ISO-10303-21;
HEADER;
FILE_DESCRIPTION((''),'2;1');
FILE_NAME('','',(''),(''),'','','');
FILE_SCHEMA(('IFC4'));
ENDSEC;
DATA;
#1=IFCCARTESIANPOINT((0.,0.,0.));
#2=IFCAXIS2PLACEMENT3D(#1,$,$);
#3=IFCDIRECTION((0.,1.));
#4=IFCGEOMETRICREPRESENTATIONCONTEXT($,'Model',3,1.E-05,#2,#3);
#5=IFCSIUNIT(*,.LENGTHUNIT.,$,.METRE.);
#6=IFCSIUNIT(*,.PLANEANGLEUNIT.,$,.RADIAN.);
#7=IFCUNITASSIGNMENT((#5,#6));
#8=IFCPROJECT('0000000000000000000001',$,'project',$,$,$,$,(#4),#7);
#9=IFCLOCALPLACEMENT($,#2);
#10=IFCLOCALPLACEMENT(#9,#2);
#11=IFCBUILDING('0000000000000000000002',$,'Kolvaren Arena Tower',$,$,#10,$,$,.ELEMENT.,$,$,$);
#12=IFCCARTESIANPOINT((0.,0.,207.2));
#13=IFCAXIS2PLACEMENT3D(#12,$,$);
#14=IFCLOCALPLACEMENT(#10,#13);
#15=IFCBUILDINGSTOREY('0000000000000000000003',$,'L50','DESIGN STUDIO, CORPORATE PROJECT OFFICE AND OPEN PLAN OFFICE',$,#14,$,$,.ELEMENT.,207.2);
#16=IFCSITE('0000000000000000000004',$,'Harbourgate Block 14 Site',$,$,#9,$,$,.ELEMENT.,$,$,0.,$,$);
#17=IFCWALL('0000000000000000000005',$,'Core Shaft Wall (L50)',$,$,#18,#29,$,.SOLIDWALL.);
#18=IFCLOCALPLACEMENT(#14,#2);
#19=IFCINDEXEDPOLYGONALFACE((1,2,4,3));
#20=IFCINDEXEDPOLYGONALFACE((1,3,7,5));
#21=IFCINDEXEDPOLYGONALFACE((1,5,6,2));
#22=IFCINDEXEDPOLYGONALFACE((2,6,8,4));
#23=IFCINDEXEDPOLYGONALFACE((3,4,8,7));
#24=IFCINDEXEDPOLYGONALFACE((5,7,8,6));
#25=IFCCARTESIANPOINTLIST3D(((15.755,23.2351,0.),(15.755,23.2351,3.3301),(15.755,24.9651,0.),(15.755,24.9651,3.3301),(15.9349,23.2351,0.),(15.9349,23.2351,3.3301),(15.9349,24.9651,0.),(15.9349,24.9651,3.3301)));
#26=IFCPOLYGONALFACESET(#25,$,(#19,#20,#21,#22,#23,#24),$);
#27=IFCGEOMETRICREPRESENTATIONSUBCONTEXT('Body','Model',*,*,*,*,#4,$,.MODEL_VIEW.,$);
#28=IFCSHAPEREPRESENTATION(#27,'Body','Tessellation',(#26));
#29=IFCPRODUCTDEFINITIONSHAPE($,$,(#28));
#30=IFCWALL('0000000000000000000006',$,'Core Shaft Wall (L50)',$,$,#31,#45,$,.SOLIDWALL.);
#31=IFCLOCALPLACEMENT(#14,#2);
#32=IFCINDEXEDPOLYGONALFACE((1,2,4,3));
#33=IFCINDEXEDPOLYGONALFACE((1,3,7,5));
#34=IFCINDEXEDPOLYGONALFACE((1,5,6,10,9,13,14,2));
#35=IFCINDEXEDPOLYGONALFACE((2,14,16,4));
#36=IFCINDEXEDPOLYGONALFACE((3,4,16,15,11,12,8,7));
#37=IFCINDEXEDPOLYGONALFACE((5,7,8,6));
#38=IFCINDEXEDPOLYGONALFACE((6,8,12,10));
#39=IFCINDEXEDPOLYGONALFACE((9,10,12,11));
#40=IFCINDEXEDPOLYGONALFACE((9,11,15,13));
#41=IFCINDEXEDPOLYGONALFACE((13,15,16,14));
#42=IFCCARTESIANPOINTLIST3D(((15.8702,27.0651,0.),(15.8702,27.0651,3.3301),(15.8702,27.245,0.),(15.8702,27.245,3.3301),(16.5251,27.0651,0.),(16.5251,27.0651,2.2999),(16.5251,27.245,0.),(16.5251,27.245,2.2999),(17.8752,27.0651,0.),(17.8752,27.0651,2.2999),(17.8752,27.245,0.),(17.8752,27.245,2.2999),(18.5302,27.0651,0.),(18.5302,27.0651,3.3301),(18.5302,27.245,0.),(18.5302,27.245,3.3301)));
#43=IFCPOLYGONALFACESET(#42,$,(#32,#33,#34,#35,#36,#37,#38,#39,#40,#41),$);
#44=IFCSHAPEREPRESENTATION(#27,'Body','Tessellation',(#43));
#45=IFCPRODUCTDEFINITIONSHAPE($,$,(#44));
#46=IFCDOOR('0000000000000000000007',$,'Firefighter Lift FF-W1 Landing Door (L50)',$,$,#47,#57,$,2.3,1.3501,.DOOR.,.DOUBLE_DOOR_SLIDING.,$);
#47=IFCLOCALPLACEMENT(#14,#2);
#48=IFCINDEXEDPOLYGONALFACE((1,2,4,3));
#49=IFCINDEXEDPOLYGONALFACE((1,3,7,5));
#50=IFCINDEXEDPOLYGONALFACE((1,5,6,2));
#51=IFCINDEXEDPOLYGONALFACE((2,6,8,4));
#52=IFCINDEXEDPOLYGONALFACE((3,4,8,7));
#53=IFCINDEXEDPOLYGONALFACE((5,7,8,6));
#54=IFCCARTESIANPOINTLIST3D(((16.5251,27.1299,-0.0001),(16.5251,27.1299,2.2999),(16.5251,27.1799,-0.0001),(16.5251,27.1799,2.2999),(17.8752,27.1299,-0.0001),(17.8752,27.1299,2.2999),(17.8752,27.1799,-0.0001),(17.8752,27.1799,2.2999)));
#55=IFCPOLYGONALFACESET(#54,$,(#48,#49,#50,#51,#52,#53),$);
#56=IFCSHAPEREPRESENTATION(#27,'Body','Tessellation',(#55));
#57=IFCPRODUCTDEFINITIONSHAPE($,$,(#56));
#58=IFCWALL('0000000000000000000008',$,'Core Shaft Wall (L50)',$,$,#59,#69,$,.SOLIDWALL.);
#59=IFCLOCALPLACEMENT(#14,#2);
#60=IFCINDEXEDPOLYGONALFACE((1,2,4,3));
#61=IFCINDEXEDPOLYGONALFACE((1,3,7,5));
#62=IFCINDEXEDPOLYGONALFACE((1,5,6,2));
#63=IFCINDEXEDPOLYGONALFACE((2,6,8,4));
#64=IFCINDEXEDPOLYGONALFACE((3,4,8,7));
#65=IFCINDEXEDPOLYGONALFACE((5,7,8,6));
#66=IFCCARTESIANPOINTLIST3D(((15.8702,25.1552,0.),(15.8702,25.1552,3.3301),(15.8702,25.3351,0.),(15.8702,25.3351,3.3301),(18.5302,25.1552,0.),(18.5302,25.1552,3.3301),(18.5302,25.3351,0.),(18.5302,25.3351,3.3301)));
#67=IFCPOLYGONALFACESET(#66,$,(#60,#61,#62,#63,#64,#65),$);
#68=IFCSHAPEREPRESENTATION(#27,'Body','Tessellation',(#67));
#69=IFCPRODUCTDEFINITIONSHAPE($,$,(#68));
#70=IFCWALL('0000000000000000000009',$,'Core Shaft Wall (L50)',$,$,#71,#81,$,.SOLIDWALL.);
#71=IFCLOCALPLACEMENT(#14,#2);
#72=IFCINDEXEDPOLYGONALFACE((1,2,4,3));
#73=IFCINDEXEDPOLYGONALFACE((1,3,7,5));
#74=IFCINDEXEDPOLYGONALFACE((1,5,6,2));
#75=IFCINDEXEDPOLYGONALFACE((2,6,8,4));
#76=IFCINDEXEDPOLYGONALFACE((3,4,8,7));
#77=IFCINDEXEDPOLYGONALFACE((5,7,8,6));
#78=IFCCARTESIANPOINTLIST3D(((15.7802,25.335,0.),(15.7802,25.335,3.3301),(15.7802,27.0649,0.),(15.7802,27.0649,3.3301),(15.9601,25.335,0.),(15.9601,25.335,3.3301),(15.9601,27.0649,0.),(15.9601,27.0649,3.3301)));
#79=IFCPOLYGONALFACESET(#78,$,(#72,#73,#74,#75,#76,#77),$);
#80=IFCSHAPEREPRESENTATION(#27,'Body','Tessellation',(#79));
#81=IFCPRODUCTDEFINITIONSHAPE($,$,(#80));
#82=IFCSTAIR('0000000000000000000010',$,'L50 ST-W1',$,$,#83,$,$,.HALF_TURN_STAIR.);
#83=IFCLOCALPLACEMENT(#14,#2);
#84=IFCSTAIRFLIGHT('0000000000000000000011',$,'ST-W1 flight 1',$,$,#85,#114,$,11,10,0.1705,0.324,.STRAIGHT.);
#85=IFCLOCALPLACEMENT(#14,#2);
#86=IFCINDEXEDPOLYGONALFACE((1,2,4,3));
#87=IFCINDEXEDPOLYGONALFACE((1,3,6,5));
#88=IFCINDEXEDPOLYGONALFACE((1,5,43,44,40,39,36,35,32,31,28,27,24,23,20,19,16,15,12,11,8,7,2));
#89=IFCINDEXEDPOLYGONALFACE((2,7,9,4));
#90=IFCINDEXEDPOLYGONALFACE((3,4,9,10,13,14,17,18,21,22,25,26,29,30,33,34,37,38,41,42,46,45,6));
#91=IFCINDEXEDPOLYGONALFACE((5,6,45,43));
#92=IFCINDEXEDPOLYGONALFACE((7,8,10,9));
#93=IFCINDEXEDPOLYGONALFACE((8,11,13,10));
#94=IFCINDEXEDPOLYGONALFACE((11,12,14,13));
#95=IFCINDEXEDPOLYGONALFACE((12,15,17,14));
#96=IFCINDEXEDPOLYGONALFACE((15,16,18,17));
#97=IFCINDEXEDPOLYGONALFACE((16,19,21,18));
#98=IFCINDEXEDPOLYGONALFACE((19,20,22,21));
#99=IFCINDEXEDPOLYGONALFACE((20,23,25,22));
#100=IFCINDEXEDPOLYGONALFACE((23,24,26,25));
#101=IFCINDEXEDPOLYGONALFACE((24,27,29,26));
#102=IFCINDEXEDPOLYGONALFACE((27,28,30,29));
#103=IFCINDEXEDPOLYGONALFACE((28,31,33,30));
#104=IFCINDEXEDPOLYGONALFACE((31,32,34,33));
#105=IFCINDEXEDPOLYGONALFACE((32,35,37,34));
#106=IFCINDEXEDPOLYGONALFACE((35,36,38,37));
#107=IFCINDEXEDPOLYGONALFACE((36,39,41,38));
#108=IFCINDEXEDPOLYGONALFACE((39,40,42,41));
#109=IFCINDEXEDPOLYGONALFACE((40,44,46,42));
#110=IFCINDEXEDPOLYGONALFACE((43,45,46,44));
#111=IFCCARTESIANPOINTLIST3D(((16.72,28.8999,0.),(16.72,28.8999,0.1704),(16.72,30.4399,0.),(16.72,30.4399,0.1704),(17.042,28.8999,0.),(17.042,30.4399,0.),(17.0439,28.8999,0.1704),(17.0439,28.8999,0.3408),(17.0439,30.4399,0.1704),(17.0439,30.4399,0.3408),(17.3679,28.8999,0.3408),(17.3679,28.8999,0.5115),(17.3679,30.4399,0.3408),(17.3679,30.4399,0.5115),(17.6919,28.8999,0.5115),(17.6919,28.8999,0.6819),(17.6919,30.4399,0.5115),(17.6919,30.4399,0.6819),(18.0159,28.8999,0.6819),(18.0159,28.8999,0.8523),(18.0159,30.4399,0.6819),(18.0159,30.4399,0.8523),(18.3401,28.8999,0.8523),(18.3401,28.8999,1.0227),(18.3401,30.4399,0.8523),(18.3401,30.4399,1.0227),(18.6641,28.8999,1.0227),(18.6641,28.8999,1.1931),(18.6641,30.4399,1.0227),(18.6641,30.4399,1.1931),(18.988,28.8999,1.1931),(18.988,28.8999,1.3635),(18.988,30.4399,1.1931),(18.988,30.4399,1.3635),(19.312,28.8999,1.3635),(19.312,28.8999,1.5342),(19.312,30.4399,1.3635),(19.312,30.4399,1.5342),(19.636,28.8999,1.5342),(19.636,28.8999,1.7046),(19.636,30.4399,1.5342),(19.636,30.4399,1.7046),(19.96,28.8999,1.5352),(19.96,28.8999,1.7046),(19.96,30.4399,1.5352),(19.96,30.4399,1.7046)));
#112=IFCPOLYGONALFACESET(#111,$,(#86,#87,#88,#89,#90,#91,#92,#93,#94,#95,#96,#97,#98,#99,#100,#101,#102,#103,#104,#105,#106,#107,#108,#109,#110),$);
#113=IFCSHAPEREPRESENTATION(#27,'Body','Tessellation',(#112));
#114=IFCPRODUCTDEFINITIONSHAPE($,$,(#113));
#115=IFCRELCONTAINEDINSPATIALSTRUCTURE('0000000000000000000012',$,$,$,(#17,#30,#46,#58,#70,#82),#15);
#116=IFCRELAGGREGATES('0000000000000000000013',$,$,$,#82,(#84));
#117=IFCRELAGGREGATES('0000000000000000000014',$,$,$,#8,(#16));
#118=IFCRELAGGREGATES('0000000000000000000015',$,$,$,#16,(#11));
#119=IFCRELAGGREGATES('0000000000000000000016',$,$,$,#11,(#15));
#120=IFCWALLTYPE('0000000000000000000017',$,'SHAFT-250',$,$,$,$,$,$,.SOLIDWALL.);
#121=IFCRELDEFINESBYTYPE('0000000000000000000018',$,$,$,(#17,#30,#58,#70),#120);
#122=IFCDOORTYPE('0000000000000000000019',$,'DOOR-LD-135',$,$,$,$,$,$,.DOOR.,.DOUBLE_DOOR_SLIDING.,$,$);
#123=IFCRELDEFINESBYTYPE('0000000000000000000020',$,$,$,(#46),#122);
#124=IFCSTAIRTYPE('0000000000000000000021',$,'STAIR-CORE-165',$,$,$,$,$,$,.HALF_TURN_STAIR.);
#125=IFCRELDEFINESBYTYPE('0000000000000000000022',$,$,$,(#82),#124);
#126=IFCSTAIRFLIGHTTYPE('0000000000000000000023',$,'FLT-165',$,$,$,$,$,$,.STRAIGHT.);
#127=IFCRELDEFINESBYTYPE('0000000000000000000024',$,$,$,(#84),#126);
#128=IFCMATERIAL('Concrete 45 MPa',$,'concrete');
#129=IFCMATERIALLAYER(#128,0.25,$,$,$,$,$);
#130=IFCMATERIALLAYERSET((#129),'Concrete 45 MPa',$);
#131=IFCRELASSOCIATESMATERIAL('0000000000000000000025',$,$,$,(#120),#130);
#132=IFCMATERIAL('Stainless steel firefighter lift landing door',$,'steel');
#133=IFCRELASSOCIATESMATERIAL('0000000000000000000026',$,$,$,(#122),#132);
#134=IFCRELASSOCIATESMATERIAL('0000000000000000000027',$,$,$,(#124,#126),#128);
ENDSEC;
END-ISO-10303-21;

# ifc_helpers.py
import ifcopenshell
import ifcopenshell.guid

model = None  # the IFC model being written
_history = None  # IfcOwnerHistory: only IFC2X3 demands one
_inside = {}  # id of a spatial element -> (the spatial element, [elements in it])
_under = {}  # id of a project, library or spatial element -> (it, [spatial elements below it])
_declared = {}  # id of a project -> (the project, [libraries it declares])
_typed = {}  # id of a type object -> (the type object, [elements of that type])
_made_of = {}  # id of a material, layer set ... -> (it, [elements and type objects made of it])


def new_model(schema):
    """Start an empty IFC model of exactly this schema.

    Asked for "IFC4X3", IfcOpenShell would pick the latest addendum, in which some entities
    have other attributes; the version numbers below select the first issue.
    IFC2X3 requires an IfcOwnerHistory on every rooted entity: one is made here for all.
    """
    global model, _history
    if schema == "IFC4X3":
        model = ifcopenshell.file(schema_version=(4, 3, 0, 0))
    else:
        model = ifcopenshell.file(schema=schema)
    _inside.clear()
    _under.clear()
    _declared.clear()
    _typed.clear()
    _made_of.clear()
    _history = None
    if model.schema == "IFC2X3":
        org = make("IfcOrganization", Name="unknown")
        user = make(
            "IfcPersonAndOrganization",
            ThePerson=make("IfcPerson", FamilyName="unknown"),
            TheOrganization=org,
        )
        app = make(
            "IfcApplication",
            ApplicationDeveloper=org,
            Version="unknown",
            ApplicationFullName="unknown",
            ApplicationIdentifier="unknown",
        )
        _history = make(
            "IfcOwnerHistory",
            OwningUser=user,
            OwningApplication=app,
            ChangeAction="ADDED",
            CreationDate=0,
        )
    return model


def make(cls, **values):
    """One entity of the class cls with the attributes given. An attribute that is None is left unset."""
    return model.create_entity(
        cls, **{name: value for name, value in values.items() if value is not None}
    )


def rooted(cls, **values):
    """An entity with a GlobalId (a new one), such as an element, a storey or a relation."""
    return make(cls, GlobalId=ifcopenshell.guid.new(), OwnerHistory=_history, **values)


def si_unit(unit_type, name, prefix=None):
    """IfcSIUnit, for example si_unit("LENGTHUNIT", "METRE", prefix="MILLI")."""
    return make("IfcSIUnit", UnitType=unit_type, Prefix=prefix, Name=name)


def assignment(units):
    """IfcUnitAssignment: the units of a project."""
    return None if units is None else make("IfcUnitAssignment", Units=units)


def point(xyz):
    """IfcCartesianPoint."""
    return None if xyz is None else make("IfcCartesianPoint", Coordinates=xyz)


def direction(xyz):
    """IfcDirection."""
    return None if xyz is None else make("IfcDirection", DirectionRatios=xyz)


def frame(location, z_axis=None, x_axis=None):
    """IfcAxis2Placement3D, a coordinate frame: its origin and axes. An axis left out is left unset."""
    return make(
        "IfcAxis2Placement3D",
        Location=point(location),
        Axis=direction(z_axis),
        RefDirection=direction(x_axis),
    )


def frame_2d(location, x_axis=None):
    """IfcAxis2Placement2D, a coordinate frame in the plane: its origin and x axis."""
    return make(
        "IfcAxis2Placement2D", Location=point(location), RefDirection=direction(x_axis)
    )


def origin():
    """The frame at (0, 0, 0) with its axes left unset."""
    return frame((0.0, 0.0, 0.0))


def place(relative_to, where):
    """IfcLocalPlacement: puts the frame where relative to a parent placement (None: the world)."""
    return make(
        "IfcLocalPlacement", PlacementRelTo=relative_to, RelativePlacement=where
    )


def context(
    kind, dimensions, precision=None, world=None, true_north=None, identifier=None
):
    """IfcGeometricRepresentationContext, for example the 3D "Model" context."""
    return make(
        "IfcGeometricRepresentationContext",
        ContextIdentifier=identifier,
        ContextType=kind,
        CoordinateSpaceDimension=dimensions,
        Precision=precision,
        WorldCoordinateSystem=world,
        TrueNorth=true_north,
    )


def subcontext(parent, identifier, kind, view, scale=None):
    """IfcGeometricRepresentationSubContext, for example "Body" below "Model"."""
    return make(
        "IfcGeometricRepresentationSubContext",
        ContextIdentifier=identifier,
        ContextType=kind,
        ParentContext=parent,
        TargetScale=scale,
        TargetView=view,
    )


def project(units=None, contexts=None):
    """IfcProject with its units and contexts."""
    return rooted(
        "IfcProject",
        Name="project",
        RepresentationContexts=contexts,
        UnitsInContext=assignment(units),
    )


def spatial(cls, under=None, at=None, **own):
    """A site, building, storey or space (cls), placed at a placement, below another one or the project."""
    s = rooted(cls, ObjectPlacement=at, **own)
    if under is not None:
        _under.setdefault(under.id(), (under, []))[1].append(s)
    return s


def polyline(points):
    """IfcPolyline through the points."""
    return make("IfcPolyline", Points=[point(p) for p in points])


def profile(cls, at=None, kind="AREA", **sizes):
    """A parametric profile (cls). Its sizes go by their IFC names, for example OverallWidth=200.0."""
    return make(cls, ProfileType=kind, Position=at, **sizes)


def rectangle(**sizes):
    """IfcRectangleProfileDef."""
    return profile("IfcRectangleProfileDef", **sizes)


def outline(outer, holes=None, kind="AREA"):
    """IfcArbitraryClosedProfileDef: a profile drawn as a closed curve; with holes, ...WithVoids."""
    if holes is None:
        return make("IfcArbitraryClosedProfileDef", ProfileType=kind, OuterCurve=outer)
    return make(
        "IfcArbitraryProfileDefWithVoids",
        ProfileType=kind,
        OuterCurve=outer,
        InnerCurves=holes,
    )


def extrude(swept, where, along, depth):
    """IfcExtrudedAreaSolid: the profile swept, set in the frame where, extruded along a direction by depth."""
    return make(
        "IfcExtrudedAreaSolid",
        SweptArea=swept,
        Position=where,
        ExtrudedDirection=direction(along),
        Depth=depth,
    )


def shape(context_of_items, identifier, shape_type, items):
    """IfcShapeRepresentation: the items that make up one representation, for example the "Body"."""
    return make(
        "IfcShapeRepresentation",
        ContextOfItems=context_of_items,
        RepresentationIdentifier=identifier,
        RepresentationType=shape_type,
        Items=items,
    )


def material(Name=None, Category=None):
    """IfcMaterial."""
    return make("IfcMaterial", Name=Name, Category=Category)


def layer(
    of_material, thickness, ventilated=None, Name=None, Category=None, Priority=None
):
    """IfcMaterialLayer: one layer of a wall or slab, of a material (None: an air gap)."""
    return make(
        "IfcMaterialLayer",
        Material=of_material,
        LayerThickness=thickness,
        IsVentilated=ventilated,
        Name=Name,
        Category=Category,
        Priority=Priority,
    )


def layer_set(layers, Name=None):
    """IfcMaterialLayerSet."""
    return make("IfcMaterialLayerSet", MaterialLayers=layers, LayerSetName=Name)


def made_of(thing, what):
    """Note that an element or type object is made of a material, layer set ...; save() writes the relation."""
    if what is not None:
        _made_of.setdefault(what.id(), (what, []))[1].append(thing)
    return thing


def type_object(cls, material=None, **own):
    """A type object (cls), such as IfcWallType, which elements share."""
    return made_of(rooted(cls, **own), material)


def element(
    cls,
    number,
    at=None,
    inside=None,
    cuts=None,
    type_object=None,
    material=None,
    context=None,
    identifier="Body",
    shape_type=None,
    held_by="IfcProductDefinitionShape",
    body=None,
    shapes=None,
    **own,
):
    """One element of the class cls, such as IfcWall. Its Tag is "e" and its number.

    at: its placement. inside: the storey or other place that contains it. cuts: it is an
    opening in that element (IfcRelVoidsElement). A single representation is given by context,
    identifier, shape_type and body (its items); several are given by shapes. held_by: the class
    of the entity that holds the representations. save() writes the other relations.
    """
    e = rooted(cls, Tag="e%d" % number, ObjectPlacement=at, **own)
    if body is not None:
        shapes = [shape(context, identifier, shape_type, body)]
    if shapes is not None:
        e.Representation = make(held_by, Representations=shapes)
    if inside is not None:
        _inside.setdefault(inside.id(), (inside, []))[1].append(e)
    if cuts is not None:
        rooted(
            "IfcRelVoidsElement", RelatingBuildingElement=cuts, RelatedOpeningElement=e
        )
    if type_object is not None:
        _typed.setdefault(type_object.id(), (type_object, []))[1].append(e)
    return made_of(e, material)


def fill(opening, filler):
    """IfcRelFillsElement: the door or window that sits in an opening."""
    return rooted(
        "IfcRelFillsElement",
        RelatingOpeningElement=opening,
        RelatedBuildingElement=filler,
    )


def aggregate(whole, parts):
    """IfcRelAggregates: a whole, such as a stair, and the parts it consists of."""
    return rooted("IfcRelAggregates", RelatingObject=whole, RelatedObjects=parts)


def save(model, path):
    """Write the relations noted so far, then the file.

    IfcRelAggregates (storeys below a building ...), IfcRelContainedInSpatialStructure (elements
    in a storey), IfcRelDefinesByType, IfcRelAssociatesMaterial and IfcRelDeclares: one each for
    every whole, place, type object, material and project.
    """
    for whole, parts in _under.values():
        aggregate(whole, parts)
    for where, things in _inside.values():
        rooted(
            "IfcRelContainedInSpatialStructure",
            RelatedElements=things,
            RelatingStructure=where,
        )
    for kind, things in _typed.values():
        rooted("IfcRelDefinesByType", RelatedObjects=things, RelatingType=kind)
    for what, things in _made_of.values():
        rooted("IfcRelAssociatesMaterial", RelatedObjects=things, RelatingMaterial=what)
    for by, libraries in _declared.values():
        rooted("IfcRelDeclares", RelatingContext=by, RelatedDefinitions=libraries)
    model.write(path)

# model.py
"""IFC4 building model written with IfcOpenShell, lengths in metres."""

from ifc_helpers import new_model, si_unit, direction, frame, frame_2d, origin, place, context, subcontext, project, spatial, polyline, rectangle, outline, extrude, material, layer, layer_set, type_object, element, fill, aggregate, save


model = new_model("IFC4")

# Units and contexts
model_context = context("Model", 3, precision=1e-05, world=origin(), true_north=direction((0.0, 1.0)))
body_context = subcontext(model_context, "Body", "Model", "MODEL_VIEW")
ifc_project = project(units=[si_unit("LENGTHUNIT", "METRE"), si_unit("PLANEANGLEUNIT", "RADIAN")], contexts=[model_context])

# Site, building, storey
site_placement = place(None, origin())
site = spatial("IfcSite", under=ifc_project, at=site_placement, Name="Harbourgate Block 14 Site", CompositionType="ELEMENT", RefElevation=0.0)
building_placement = place(site_placement, origin())
building = spatial("IfcBuilding", under=site, at=building_placement, Name="Kolvaren Arena Tower", CompositionType="ELEMENT")
storey_placement = place(building_placement, frame((0.0, 0.0, 207.2)))
storey = spatial("IfcBuildingStorey", under=building, at=storey_placement, Name="L50", Description="DESIGN STUDIO, CORPORATE PROJECT OFFICE AND OPEN PLAN OFFICE", CompositionType="ELEMENT", Elevation=207.2)

# Shared definitions
ifc_material_1 = material(Name="Concrete 45 MPa", Category="concrete")
ifc_layer = layer(ifc_material_1, 0.25)
ifc_layer_set = layer_set([ifc_layer], Name="Concrete 45 MPa")
wall_type = type_object("IfcWallType", Name="SHAFT-250", PredefinedType="SOLIDWALL", material=ifc_layer_set)

# Wall
wall_1_placement = place(storey_placement, frame((15.845, 23.2351, 0.0), z_axis=(0.0, 0.0, 1.0), x_axis=(0.0, 1.0, 0.0)))
element("IfcWall", 1, at=wall_1_placement, inside=storey, type_object=wall_type, Name="Core Shaft Wall (L50)", PredefinedType="SOLIDWALL", context=body_context, shape_type="SweptSolid", body=[
    extrude(rectangle(XDim=1.73, YDim=0.1799, at=frame_2d((0.865, 0.0))), origin(), (0.0, 0.0, 1.0), 3.3301),
])

# Wall, opening, door
wall_2_placement = place(storey_placement, frame((15.8701, 27.155, 0.0), z_axis=(0.0, 0.0, 1.0), x_axis=(1.0, 0.0, 0.0)))
wall_2 = element("IfcWall", 2, at=wall_2_placement, inside=storey, type_object=wall_type, Name="Core Shaft Wall (L50)", PredefinedType="SOLIDWALL", context=body_context, shape_type="SweptSolid", body=[
    extrude(rectangle(XDim=2.6599, YDim=0.1799, at=frame_2d((1.3301, 0.0))), origin(), (0.0, 0.0, 1.0), 3.3301),
])
opening_1_placement = place(wall_2_placement, frame((0.655, 0.0, 0.0)))
opening_1 = element("IfcOpeningElement", 3, at=opening_1_placement, cuts=wall_2, PredefinedType="OPENING", context=body_context, shape_type="SweptSolid", body=[
    extrude(rectangle(XDim=1.3501, YDim=2.3, at=frame_2d((0.675, 1.1499))), frame((0.0, 0.0999, 0.0), z_axis=(0.0, -1.0, 0.0), x_axis=(1.0, 0.0, 0.0)), (0.0, 0.0, 1.0), 0.2),
])
ifc_material_2 = material(Name="Stainless steel firefighter lift landing door", Category="steel")
door_type_1 = type_object("IfcDoorType", Name="DOOR-LD-135", OperationType="DOUBLE_DOOR_SLIDING", PredefinedType="DOOR", material=ifc_material_2)
door_1_placement = place(opening_1_placement, origin())
door_1 = element("IfcDoor", 4, at=door_1_placement, inside=storey, type_object=door_type_1, Name="Firefighter Lift FF-W1 Landing Door (L50)", OperationType="DOUBLE_DOOR_SLIDING", OverallHeight=2.3, OverallWidth=1.3501, PredefinedType="DOOR", context=body_context, shape_type="SweptSolid", body=[
    extrude(rectangle(XDim=1.3501, YDim=2.3, at=frame_2d((0.675, 1.1499))), frame((0.0, 0.0249, 0.0), z_axis=(0.0, -1.0, 0.0), x_axis=(1.0, 0.0, 0.0)), (0.0, 0.0, 1.0), 0.05),
])
fill(opening_1, door_1)

# Walls
wall_3_placement = place(storey_placement, frame((15.8701, 25.2451, 0.0), z_axis=(0.0, 0.0, 1.0), x_axis=(1.0, 0.0, 0.0)))
element("IfcWall", 5, at=wall_3_placement, inside=storey, type_object=wall_type, Name="Core Shaft Wall (L50)", PredefinedType="SOLIDWALL", context=body_context, shape_type="SweptSolid", body=[
    extrude(rectangle(XDim=2.6599, YDim=0.1799, at=frame_2d((1.3301, 0.0))), origin(), (0.0, 0.0, 1.0), 3.3301),
])
wall_4_placement = place(storey_placement, frame((15.8701, 25.335, 0.0), z_axis=(0.0, 0.0, 1.0), x_axis=(0.0, 1.0, 0.0)))
element("IfcWall", 6, at=wall_4_placement, inside=storey, type_object=wall_type, Name="Core Shaft Wall (L50)", PredefinedType="SOLIDWALL", context=body_context, shape_type="SweptSolid", body=[
    extrude(rectangle(XDim=1.73, YDim=0.1799, at=frame_2d((0.865, 0.0))), origin(), (0.0, 0.0, 1.0), 3.3301),
])

# Stair, stair flight
stair_type = type_object("IfcStairType", Name="STAIR-CORE-165", PredefinedType="HALF_TURN_STAIR", material=ifc_material_1)
stair_placement = place(storey_placement, origin())
stair = element("IfcStair", 7, at=stair_placement, inside=storey, type_object=stair_type, Name="L50 ST-W1", PredefinedType="HALF_TURN_STAIR")
stair_flight_type = type_object("IfcStairFlightType", Name="FLT-165", PredefinedType="STRAIGHT", material=ifc_material_1)
stair_flight_placement = place(storey_placement, frame((16.72, 29.6699, 0.0), z_axis=(0.0, 0.0, 1.0), x_axis=(1.0, 0.0, 0.0)))
stair_flight = element("IfcStairFlight", 8, at=stair_flight_placement, type_object=stair_flight_type, Name="ST-W1 flight 1", NumberOfRisers=11, NumberOfTreads=10, PredefinedType="STRAIGHT", RiserHeight=0.1705, TreadLength=0.324, context=body_context, shape_type="SweptSolid", body=[
    extrude(outline(polyline([(0.0, 0.0), (0.0, 0.1704), (0.324, 0.1704), (0.324, 0.3408), (0.6479, 0.3408), (0.6479, 0.5115), (0.9719, 0.5115), (0.9719, 0.6819), (1.2959, 0.6819), (1.2959, 0.8523), (1.6201, 0.8523), (1.6201, 1.0227), (1.9441, 1.0227), (1.9441, 1.1931), (2.2681, 1.1931), (2.2681, 1.3635), (2.592, 1.3635), (2.592, 1.5342), (2.916, 1.5342), (2.916, 1.7046), (3.24, 1.7046), (3.24, 1.875), (3.24, 1.5352), (0.322, 0.0), (0.0, 0.0)])), frame((0.0, 0.77, 0.0), z_axis=(0.0, -1.0, 0.0), x_axis=(1.0, 0.0, 0.0)), (0.0, 0.0, 1.0), 1.54),
])
aggregate(stair, [stair_flight])

save(model, "model.ifc")
